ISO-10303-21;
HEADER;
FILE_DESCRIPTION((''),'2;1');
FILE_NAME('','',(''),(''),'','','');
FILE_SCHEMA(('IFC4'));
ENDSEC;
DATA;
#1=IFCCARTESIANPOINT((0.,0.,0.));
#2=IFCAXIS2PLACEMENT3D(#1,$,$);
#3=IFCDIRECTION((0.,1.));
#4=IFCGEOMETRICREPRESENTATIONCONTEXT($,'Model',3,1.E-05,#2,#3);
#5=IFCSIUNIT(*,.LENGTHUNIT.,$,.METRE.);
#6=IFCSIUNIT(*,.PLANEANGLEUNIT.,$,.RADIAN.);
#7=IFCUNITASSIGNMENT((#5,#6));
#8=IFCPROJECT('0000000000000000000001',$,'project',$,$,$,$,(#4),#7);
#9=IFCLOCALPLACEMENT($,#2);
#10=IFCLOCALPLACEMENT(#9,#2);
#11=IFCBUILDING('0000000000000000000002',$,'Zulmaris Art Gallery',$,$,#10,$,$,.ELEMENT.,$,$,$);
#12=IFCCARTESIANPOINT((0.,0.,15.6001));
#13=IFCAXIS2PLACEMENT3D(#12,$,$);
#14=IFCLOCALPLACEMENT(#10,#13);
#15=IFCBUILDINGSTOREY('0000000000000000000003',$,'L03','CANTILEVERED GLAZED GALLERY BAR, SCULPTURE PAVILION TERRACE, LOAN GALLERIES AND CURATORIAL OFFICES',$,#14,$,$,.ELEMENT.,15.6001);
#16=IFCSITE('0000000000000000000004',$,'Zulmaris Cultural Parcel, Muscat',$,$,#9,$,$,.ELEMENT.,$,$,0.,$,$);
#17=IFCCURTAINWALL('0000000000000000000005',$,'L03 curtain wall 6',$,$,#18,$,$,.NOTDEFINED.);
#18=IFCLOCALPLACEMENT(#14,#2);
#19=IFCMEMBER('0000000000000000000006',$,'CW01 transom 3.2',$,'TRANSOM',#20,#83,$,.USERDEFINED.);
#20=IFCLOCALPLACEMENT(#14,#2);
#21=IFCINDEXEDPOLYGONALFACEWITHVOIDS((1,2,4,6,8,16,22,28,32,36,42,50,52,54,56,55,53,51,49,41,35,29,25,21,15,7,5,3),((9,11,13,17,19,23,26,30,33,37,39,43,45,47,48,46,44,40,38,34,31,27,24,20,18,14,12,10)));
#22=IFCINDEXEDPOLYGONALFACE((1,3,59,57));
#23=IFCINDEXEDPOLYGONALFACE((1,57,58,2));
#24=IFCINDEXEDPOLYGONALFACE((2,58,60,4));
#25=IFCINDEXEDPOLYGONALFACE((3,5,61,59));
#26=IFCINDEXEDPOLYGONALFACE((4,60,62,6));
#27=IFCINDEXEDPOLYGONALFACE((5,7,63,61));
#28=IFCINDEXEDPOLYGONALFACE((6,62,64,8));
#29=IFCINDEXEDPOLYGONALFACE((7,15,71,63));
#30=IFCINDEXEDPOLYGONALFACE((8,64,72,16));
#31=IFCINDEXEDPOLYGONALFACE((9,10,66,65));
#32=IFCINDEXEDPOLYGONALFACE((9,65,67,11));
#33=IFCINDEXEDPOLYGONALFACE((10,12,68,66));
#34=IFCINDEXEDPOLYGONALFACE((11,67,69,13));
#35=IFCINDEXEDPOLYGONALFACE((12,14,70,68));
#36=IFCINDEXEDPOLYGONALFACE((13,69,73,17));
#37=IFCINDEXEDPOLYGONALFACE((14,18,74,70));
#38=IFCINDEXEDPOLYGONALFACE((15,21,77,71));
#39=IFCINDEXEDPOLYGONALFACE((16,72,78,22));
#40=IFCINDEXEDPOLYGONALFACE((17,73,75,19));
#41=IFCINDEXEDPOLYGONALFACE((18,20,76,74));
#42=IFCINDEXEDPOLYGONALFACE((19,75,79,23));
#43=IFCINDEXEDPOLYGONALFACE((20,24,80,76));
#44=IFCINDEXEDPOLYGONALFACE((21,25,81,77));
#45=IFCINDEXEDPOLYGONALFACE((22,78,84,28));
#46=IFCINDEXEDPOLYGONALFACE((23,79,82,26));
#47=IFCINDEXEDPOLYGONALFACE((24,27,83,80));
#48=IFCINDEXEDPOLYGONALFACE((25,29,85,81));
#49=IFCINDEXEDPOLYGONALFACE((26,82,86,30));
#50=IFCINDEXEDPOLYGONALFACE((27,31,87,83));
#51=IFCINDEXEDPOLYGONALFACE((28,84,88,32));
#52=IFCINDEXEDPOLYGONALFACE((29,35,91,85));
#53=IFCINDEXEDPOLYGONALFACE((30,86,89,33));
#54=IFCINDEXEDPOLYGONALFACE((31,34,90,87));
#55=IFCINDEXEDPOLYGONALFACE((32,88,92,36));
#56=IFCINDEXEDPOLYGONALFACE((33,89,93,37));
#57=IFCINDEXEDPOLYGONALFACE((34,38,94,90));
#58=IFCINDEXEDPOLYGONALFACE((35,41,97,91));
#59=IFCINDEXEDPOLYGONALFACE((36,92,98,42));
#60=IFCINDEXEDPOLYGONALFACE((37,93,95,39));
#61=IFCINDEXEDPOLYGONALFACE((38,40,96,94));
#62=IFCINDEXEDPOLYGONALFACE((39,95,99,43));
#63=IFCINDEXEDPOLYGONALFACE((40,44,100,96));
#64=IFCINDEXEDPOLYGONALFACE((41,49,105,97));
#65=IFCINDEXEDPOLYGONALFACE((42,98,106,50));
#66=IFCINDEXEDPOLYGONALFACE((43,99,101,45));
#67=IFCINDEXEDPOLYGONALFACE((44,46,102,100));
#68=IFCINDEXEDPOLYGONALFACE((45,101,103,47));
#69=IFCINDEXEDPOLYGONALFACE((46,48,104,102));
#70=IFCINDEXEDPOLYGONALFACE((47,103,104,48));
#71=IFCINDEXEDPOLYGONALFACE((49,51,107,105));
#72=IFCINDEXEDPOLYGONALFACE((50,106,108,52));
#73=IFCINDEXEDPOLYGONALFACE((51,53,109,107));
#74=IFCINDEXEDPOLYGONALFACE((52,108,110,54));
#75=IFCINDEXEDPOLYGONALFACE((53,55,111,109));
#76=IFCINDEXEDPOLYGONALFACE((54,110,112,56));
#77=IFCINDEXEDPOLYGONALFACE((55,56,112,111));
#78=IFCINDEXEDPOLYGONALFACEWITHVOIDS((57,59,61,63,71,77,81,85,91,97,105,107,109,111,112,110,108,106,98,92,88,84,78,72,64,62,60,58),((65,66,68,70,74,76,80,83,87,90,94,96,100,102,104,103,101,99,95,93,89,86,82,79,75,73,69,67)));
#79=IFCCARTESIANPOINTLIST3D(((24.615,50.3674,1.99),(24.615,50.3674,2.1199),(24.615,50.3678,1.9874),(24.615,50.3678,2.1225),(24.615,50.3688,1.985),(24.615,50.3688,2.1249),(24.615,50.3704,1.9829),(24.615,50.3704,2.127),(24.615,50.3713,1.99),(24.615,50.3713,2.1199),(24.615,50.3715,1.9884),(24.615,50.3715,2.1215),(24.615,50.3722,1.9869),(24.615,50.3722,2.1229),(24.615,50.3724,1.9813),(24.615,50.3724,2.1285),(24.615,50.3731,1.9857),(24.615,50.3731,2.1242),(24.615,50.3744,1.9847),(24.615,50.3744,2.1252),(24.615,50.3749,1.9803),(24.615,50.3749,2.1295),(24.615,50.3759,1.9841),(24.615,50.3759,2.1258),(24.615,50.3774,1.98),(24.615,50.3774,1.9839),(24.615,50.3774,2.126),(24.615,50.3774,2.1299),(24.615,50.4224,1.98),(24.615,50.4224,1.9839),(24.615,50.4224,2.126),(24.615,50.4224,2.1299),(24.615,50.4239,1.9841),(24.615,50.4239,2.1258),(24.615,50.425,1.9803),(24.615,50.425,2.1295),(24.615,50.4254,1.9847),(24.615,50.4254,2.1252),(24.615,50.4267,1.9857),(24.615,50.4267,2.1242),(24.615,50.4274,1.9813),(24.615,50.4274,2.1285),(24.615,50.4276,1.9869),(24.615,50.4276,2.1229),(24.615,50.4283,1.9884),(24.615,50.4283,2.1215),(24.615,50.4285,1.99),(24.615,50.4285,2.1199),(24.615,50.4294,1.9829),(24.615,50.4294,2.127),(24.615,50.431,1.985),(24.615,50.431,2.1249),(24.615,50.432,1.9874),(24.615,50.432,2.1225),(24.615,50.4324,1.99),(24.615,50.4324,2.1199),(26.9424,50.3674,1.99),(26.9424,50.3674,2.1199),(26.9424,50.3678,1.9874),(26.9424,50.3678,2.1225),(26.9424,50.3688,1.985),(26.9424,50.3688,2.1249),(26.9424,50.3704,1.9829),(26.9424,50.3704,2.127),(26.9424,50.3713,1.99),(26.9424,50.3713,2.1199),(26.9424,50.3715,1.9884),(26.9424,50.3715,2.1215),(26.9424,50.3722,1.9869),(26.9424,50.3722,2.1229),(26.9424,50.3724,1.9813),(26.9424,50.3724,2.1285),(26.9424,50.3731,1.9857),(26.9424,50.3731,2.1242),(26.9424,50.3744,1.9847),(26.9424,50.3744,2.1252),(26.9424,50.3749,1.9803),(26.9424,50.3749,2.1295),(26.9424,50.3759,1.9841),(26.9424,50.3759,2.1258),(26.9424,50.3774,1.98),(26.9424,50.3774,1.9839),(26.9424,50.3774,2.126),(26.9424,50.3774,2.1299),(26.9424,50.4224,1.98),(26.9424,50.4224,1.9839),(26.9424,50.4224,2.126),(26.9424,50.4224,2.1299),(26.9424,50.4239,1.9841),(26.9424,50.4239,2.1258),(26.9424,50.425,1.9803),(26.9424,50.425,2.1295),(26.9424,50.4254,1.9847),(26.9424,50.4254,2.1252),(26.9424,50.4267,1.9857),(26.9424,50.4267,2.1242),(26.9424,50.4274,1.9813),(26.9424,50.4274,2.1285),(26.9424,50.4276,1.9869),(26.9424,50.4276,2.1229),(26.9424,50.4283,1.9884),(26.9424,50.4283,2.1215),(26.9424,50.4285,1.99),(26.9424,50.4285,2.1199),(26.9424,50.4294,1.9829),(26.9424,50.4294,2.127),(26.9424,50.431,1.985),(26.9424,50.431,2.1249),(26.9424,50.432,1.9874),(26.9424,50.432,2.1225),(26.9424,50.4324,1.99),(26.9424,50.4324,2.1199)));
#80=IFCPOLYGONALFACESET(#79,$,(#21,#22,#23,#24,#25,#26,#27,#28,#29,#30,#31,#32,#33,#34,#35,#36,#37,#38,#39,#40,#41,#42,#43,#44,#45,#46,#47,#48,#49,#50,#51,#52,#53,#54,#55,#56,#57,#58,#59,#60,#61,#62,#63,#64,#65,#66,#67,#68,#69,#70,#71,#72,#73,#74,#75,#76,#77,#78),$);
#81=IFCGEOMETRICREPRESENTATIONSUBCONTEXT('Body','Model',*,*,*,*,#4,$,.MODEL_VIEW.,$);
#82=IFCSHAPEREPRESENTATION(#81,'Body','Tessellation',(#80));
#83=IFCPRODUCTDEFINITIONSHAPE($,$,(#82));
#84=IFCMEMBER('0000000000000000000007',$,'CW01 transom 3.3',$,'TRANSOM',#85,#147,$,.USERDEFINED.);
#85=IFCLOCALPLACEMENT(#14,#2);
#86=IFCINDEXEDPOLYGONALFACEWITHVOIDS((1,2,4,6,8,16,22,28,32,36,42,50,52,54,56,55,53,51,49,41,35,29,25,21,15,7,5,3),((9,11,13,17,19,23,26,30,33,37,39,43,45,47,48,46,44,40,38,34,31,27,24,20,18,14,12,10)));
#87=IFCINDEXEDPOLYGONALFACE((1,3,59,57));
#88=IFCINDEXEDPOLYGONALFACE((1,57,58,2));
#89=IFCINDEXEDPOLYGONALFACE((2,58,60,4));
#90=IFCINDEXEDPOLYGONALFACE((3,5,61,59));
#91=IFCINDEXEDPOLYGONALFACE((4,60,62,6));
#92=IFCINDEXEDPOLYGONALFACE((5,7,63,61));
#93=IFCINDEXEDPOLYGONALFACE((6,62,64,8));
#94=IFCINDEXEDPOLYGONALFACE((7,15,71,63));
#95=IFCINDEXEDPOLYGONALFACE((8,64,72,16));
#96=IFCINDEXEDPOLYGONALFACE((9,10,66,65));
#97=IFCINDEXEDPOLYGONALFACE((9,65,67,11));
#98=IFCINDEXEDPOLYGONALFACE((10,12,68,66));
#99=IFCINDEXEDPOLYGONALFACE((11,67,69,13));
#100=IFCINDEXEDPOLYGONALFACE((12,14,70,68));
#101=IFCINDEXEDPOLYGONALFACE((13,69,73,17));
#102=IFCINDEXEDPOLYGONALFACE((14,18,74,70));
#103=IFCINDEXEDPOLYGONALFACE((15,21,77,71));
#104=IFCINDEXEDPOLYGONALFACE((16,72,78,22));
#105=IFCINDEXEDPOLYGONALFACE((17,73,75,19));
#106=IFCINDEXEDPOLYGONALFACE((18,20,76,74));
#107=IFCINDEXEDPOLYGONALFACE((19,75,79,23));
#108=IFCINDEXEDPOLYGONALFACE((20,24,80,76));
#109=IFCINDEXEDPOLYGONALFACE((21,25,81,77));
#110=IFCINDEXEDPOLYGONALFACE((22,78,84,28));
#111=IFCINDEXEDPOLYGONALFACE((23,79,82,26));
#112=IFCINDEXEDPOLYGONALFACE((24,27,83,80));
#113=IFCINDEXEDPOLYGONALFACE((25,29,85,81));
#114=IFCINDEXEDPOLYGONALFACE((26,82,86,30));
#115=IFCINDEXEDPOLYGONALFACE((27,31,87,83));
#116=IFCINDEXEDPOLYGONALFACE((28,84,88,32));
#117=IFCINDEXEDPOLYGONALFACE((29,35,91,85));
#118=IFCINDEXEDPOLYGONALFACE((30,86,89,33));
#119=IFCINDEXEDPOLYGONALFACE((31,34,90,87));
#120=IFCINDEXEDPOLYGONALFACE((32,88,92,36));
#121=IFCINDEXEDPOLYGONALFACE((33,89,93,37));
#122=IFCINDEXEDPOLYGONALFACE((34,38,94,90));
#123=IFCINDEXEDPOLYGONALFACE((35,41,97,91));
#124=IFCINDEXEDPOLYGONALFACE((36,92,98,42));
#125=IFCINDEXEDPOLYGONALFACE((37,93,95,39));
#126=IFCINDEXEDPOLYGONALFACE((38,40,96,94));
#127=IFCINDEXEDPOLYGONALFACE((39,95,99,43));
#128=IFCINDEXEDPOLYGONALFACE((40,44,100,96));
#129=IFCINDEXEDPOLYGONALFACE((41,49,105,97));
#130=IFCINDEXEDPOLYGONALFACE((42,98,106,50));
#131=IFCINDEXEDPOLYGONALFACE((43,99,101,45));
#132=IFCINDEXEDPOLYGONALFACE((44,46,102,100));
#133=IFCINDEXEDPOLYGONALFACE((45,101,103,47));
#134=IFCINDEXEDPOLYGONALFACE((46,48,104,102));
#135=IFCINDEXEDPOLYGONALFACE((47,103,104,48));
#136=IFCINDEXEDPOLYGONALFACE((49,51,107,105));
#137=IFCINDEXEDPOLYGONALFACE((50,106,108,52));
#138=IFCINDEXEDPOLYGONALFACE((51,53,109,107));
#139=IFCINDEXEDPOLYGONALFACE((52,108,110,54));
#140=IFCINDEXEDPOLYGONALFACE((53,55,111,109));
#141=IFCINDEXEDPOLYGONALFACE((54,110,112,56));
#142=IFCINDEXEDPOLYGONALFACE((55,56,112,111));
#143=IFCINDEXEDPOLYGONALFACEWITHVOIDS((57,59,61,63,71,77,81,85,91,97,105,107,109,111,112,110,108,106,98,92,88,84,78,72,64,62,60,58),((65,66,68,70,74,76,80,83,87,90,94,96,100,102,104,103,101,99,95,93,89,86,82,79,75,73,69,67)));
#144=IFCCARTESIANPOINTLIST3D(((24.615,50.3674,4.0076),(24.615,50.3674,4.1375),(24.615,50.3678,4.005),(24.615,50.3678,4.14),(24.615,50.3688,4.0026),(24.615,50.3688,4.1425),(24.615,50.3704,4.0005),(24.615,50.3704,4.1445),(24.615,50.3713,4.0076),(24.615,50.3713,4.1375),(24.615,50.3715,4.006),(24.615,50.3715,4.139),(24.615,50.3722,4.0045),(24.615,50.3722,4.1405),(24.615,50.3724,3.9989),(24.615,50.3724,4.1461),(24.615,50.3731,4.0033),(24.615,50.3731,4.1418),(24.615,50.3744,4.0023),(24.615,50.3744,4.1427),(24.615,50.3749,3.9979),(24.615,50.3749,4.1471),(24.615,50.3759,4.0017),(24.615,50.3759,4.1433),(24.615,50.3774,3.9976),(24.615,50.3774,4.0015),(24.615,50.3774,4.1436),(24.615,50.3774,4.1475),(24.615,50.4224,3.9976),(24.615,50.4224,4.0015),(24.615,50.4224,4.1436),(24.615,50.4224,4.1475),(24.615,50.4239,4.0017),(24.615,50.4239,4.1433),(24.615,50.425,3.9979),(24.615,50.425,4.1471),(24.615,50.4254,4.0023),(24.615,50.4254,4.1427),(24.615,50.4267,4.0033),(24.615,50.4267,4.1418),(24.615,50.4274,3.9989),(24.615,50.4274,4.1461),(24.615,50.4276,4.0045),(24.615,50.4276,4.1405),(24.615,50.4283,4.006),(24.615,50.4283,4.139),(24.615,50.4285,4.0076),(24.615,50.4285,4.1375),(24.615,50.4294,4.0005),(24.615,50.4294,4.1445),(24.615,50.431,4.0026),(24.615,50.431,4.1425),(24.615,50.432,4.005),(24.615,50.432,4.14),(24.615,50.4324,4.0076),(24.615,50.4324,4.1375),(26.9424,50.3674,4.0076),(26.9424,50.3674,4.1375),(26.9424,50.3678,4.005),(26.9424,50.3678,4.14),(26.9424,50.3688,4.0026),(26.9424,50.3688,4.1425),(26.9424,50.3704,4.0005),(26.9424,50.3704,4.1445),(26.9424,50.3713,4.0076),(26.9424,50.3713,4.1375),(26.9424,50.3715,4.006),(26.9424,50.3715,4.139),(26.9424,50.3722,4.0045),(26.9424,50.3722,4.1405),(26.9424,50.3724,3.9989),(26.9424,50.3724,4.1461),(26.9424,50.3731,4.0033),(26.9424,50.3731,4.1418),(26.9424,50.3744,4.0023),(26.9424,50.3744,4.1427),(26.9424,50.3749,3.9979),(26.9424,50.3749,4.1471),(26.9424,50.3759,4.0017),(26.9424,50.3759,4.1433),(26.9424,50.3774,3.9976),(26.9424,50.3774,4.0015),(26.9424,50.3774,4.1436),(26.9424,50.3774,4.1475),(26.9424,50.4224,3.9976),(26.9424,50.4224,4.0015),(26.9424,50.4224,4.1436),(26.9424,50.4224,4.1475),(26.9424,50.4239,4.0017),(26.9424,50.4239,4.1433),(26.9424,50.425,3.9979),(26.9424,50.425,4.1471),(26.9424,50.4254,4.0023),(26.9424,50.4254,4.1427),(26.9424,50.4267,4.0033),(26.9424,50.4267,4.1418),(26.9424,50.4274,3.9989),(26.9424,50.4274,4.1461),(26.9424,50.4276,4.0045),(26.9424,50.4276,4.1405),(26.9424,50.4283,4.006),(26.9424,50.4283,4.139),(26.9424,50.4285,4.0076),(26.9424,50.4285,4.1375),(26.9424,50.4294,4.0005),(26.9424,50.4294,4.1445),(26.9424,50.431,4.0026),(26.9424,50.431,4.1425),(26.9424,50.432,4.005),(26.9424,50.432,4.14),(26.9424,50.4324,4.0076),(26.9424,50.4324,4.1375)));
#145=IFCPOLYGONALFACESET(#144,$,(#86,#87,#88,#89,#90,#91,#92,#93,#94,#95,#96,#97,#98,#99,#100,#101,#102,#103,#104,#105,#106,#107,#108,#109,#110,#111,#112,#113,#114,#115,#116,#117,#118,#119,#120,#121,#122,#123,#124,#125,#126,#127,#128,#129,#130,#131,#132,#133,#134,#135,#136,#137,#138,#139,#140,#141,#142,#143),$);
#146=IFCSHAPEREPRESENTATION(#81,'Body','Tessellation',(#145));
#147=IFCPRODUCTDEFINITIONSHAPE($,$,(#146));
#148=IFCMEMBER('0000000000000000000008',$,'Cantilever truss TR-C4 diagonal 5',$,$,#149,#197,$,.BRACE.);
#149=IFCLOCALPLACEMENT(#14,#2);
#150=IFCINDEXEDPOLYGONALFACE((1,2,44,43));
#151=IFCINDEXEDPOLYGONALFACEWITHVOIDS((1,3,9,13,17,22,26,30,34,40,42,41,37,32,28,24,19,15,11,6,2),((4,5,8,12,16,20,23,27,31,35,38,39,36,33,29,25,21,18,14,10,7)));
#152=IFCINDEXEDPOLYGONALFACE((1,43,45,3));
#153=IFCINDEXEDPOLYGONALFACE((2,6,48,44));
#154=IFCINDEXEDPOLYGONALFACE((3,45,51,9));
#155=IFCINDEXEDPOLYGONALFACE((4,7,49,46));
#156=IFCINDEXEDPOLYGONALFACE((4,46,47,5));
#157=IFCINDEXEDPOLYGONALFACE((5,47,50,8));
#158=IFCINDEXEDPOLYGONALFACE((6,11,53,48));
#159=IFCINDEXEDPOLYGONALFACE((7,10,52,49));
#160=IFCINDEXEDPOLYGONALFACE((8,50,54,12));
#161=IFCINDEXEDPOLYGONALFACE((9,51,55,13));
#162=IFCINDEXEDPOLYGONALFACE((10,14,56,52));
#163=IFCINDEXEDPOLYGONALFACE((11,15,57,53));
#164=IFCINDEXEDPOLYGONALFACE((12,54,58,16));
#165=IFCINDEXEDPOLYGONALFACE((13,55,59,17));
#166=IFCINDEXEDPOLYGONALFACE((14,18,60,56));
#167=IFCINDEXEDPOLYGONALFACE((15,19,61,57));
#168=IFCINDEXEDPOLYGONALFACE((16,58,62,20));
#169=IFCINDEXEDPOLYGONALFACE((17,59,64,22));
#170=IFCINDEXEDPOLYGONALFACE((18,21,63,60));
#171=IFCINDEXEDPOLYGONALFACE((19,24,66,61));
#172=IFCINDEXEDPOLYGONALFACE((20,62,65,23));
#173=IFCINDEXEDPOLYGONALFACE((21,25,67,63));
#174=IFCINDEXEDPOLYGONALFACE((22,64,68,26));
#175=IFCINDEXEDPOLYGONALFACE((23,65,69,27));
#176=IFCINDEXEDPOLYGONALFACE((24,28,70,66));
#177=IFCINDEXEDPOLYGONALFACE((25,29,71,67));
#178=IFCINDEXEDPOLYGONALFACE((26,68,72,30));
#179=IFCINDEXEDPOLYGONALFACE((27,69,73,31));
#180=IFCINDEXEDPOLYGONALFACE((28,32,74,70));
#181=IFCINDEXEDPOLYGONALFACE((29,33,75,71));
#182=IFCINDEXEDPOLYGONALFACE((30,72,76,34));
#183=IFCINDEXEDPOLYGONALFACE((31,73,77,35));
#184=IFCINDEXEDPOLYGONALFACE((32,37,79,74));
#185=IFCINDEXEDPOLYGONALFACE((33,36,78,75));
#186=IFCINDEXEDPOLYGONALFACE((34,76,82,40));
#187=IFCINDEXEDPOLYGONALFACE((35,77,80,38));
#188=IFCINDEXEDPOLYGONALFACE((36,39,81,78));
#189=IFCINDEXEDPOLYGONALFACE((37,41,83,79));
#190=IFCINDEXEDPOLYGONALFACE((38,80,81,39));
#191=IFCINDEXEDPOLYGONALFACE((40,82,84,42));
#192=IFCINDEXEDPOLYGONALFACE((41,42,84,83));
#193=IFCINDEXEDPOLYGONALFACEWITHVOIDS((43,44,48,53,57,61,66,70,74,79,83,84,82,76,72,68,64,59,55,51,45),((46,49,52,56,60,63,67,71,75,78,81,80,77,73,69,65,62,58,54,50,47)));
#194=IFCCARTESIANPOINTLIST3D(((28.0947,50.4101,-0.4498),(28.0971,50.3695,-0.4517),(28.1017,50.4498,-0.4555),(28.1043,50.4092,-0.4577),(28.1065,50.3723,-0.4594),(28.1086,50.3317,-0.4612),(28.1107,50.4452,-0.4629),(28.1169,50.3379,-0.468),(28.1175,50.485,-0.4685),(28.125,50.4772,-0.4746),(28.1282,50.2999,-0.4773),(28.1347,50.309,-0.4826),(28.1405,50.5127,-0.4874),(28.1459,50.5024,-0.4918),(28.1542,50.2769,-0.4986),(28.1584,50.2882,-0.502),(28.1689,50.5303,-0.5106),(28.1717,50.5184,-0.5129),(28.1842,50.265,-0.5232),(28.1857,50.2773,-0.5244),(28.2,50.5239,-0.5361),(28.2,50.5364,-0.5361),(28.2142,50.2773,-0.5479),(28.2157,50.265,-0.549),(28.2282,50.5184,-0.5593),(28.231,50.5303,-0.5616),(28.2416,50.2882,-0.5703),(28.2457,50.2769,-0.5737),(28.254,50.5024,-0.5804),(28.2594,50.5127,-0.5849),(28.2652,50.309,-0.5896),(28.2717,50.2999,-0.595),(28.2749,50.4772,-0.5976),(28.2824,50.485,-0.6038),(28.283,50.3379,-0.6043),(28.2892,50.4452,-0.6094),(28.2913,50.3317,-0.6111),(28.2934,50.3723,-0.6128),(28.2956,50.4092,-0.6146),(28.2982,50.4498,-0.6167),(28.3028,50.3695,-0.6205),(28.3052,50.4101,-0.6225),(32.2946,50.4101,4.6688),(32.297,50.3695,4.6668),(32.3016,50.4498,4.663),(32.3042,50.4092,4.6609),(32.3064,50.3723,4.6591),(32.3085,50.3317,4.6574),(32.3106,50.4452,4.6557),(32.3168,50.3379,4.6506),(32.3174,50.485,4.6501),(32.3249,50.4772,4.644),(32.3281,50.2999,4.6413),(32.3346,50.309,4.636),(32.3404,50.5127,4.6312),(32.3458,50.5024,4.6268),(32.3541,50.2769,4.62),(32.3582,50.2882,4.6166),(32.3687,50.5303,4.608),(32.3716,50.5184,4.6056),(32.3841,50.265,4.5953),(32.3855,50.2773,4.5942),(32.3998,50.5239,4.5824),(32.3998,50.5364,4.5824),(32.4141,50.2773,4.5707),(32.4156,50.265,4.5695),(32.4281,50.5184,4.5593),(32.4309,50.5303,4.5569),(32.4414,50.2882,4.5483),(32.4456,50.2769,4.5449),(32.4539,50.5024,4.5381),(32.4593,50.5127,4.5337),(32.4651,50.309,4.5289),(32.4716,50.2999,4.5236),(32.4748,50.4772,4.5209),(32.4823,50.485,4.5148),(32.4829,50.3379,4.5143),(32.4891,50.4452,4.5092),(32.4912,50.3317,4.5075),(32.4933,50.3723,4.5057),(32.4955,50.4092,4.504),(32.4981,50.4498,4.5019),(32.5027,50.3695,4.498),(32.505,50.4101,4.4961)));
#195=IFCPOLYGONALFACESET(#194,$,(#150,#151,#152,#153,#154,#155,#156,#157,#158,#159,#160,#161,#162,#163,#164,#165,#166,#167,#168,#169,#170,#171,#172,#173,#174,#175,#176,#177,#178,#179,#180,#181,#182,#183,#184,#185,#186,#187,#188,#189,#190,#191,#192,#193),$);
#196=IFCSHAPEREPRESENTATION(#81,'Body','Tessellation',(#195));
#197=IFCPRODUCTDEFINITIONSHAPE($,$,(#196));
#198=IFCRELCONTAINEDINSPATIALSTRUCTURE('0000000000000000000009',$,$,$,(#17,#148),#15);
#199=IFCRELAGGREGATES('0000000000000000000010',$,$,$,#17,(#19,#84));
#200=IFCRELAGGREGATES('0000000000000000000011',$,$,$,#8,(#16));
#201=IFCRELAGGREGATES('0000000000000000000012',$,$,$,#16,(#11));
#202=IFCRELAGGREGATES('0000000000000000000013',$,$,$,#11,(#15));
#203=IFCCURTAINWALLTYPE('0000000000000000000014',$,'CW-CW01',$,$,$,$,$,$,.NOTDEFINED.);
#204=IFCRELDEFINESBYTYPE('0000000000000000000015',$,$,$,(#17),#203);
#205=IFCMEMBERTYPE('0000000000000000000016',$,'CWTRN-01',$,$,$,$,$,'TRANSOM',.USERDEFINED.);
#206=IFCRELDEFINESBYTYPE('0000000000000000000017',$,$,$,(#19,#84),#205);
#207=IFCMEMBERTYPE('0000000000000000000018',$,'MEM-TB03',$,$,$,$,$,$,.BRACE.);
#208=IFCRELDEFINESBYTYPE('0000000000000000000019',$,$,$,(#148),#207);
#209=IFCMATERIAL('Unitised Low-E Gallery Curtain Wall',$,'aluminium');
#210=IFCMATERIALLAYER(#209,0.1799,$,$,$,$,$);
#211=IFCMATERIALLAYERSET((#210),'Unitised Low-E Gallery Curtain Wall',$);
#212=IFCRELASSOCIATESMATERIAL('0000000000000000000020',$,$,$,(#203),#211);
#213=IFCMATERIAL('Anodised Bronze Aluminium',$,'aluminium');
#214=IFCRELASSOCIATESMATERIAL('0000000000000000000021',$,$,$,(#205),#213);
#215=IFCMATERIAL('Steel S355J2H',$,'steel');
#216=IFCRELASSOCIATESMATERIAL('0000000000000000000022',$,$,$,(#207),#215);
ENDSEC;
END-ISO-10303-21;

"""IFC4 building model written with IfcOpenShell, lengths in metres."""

from ifc_helpers import new_model, si_unit, direction, frame, origin, origin_2d, place, context, subcontext, project, spatial, hollow_rectangle, hollow_circle, extrude, material, layer, layer_set, material_profile, profile_set, type_object, element, aggregate, save


model = new_model("IFC4")

# Units and contexts
model_context = context("Model", 3, precision=1e-05, world=origin(), true_north=direction((0.0, 1.0)))
body_context = subcontext(model_context, "Body", "Model", "MODEL_VIEW")
ifc_project = project(units=[si_unit("LENGTHUNIT", "METRE"), si_unit("PLANEANGLEUNIT", "RADIAN")], contexts=[model_context])

# Site, building, storey
site_placement = place(None, origin())
site = spatial("IfcSite", under=ifc_project, at=site_placement, Name="Zulmaris Cultural Parcel, Muscat", CompositionType="ELEMENT", RefElevation=0.0)
building_placement = place(site_placement, origin())
building = spatial("IfcBuilding", under=site, at=building_placement, Name="Zulmaris Art Gallery", CompositionType="ELEMENT")
storey_placement = place(building_placement, frame((0.0, 0.0, 15.6001)))
storey = spatial("IfcBuildingStorey", under=building, at=storey_placement, Name="L03", Description="CANTILEVERED GLAZED GALLERY BAR, SCULPTURE PAVILION TERRACE, LOAN GALLERIES AND CURATORIAL OFFICES", CompositionType="ELEMENT", Elevation=15.6001)

# Curtain wall
ifc_material_1 = material(Name="Unitised Low-E Gallery Curtain Wall", Category="aluminium")
ifc_layer_1 = layer(ifc_material_1, 0.1799)
ifc_layer_set_1 = layer_set([ifc_layer_1], Name="Unitised Low-E Gallery Curtain Wall")
curtain_wall_type = type_object("IfcCurtainWallType", Name="CW-CW01", PredefinedType="NOTDEFINED", material=ifc_layer_set_1)
ifc_material_2 = material(Name="Anodised Bronze Aluminium", Category="aluminium")
curtain_wall_1_placement = place(storey_placement, origin())
curtain_wall_1 = element("IfcCurtainWall", 1, at=curtain_wall_1_placement, inside=storey, type_object=curtain_wall_type, Name="L03 curtain wall 6", PredefinedType="NOTDEFINED")

# Members
ifc_material_profile_1 = material_profile(ifc_material_2, hollow_rectangle(XDim=0.0649, YDim=0.1499, WallThickness=0.0039, InnerFilletRadius=0.0061, OuterFilletRadius=0.01, at=origin_2d()), Name="ALU 65x150x4")
ifc_profile_set_1 = profile_set([ifc_material_profile_1], Name="Anodised Bronze Aluminium")
member_type_1 = type_object("IfcMemberType", Name="CWTRN-01", ElementType="TRANSOM", PredefinedType="USERDEFINED", material=ifc_profile_set_1)
member_1_placement = place(storey_placement, frame((26.9424, 50.3999, 2.0549), z_axis=(-1.0, 0.0, 0.0), x_axis=(0.0, -1.0, 0.0)))
member_1 = element("IfcMember", 2, at=member_1_placement, type_object=member_type_1, Name="CW01 transom 3.2", ObjectType="TRANSOM", PredefinedType="USERDEFINED", context=body_context, shape_type="SweptSolid", body=[
    extrude(hollow_rectangle(XDim=0.0649, YDim=0.1499, WallThickness=0.0039, InnerFilletRadius=0.0061, OuterFilletRadius=0.01, at=origin_2d()), origin(), (0.0, 0.0, 1.0), 2.3274),
])
member_2_placement = place(storey_placement, frame((26.9424, 50.3999, 4.0725), z_axis=(-1.0, 0.0, 0.0), x_axis=(0.0, -1.0, 0.0)))
member_2 = element("IfcMember", 3, at=member_2_placement, type_object=member_type_1, Name="CW01 transom 3.3", ObjectType="TRANSOM", PredefinedType="USERDEFINED", context=body_context, shape_type="SweptSolid", body=[
    extrude(hollow_rectangle(XDim=0.0649, YDim=0.1499, WallThickness=0.0039, InnerFilletRadius=0.0061, OuterFilletRadius=0.01, at=origin_2d()), origin(), (0.0, 0.0, 1.0), 2.3274),
])

# Member
ifc_material_3 = material(Name="Steel S355J2H", Category="steel")
ifc_material_profile_2 = material_profile(ifc_material_3, hollow_circle(Radius=0.1365, WallThickness=0.0125, at=origin_2d()), Name="CHS 273x12.5")
ifc_profile_set_2 = profile_set([ifc_material_profile_2], Name="Steel S355J2H")
member_type_2 = type_object("IfcMemberType", Name="MEM-TB03", PredefinedType="BRACE", material=ifc_profile_set_2)
member_3_placement = place(storey_placement, frame((28.2, 50.3999, -0.5361), z_axis=(0.634319, 0.0, 0.773071), x_axis=(0.0, 1.0, 0.0)))
element("IfcMember", 4, at=member_3_placement, inside=storey, type_object=member_type_2, Name="Cantilever truss TR-C4 diagonal 5", PredefinedType="BRACE", context=body_context, shape_type="SweptSolid", body=[
    extrude(hollow_circle(Radius=0.1365, WallThickness=0.0125, at=origin_2d()), origin(), (0.0, 0.0, 1.0), 6.6211),
])

aggregate(curtain_wall_1, [member_1, member_2])

save(model, "model.ifc")
